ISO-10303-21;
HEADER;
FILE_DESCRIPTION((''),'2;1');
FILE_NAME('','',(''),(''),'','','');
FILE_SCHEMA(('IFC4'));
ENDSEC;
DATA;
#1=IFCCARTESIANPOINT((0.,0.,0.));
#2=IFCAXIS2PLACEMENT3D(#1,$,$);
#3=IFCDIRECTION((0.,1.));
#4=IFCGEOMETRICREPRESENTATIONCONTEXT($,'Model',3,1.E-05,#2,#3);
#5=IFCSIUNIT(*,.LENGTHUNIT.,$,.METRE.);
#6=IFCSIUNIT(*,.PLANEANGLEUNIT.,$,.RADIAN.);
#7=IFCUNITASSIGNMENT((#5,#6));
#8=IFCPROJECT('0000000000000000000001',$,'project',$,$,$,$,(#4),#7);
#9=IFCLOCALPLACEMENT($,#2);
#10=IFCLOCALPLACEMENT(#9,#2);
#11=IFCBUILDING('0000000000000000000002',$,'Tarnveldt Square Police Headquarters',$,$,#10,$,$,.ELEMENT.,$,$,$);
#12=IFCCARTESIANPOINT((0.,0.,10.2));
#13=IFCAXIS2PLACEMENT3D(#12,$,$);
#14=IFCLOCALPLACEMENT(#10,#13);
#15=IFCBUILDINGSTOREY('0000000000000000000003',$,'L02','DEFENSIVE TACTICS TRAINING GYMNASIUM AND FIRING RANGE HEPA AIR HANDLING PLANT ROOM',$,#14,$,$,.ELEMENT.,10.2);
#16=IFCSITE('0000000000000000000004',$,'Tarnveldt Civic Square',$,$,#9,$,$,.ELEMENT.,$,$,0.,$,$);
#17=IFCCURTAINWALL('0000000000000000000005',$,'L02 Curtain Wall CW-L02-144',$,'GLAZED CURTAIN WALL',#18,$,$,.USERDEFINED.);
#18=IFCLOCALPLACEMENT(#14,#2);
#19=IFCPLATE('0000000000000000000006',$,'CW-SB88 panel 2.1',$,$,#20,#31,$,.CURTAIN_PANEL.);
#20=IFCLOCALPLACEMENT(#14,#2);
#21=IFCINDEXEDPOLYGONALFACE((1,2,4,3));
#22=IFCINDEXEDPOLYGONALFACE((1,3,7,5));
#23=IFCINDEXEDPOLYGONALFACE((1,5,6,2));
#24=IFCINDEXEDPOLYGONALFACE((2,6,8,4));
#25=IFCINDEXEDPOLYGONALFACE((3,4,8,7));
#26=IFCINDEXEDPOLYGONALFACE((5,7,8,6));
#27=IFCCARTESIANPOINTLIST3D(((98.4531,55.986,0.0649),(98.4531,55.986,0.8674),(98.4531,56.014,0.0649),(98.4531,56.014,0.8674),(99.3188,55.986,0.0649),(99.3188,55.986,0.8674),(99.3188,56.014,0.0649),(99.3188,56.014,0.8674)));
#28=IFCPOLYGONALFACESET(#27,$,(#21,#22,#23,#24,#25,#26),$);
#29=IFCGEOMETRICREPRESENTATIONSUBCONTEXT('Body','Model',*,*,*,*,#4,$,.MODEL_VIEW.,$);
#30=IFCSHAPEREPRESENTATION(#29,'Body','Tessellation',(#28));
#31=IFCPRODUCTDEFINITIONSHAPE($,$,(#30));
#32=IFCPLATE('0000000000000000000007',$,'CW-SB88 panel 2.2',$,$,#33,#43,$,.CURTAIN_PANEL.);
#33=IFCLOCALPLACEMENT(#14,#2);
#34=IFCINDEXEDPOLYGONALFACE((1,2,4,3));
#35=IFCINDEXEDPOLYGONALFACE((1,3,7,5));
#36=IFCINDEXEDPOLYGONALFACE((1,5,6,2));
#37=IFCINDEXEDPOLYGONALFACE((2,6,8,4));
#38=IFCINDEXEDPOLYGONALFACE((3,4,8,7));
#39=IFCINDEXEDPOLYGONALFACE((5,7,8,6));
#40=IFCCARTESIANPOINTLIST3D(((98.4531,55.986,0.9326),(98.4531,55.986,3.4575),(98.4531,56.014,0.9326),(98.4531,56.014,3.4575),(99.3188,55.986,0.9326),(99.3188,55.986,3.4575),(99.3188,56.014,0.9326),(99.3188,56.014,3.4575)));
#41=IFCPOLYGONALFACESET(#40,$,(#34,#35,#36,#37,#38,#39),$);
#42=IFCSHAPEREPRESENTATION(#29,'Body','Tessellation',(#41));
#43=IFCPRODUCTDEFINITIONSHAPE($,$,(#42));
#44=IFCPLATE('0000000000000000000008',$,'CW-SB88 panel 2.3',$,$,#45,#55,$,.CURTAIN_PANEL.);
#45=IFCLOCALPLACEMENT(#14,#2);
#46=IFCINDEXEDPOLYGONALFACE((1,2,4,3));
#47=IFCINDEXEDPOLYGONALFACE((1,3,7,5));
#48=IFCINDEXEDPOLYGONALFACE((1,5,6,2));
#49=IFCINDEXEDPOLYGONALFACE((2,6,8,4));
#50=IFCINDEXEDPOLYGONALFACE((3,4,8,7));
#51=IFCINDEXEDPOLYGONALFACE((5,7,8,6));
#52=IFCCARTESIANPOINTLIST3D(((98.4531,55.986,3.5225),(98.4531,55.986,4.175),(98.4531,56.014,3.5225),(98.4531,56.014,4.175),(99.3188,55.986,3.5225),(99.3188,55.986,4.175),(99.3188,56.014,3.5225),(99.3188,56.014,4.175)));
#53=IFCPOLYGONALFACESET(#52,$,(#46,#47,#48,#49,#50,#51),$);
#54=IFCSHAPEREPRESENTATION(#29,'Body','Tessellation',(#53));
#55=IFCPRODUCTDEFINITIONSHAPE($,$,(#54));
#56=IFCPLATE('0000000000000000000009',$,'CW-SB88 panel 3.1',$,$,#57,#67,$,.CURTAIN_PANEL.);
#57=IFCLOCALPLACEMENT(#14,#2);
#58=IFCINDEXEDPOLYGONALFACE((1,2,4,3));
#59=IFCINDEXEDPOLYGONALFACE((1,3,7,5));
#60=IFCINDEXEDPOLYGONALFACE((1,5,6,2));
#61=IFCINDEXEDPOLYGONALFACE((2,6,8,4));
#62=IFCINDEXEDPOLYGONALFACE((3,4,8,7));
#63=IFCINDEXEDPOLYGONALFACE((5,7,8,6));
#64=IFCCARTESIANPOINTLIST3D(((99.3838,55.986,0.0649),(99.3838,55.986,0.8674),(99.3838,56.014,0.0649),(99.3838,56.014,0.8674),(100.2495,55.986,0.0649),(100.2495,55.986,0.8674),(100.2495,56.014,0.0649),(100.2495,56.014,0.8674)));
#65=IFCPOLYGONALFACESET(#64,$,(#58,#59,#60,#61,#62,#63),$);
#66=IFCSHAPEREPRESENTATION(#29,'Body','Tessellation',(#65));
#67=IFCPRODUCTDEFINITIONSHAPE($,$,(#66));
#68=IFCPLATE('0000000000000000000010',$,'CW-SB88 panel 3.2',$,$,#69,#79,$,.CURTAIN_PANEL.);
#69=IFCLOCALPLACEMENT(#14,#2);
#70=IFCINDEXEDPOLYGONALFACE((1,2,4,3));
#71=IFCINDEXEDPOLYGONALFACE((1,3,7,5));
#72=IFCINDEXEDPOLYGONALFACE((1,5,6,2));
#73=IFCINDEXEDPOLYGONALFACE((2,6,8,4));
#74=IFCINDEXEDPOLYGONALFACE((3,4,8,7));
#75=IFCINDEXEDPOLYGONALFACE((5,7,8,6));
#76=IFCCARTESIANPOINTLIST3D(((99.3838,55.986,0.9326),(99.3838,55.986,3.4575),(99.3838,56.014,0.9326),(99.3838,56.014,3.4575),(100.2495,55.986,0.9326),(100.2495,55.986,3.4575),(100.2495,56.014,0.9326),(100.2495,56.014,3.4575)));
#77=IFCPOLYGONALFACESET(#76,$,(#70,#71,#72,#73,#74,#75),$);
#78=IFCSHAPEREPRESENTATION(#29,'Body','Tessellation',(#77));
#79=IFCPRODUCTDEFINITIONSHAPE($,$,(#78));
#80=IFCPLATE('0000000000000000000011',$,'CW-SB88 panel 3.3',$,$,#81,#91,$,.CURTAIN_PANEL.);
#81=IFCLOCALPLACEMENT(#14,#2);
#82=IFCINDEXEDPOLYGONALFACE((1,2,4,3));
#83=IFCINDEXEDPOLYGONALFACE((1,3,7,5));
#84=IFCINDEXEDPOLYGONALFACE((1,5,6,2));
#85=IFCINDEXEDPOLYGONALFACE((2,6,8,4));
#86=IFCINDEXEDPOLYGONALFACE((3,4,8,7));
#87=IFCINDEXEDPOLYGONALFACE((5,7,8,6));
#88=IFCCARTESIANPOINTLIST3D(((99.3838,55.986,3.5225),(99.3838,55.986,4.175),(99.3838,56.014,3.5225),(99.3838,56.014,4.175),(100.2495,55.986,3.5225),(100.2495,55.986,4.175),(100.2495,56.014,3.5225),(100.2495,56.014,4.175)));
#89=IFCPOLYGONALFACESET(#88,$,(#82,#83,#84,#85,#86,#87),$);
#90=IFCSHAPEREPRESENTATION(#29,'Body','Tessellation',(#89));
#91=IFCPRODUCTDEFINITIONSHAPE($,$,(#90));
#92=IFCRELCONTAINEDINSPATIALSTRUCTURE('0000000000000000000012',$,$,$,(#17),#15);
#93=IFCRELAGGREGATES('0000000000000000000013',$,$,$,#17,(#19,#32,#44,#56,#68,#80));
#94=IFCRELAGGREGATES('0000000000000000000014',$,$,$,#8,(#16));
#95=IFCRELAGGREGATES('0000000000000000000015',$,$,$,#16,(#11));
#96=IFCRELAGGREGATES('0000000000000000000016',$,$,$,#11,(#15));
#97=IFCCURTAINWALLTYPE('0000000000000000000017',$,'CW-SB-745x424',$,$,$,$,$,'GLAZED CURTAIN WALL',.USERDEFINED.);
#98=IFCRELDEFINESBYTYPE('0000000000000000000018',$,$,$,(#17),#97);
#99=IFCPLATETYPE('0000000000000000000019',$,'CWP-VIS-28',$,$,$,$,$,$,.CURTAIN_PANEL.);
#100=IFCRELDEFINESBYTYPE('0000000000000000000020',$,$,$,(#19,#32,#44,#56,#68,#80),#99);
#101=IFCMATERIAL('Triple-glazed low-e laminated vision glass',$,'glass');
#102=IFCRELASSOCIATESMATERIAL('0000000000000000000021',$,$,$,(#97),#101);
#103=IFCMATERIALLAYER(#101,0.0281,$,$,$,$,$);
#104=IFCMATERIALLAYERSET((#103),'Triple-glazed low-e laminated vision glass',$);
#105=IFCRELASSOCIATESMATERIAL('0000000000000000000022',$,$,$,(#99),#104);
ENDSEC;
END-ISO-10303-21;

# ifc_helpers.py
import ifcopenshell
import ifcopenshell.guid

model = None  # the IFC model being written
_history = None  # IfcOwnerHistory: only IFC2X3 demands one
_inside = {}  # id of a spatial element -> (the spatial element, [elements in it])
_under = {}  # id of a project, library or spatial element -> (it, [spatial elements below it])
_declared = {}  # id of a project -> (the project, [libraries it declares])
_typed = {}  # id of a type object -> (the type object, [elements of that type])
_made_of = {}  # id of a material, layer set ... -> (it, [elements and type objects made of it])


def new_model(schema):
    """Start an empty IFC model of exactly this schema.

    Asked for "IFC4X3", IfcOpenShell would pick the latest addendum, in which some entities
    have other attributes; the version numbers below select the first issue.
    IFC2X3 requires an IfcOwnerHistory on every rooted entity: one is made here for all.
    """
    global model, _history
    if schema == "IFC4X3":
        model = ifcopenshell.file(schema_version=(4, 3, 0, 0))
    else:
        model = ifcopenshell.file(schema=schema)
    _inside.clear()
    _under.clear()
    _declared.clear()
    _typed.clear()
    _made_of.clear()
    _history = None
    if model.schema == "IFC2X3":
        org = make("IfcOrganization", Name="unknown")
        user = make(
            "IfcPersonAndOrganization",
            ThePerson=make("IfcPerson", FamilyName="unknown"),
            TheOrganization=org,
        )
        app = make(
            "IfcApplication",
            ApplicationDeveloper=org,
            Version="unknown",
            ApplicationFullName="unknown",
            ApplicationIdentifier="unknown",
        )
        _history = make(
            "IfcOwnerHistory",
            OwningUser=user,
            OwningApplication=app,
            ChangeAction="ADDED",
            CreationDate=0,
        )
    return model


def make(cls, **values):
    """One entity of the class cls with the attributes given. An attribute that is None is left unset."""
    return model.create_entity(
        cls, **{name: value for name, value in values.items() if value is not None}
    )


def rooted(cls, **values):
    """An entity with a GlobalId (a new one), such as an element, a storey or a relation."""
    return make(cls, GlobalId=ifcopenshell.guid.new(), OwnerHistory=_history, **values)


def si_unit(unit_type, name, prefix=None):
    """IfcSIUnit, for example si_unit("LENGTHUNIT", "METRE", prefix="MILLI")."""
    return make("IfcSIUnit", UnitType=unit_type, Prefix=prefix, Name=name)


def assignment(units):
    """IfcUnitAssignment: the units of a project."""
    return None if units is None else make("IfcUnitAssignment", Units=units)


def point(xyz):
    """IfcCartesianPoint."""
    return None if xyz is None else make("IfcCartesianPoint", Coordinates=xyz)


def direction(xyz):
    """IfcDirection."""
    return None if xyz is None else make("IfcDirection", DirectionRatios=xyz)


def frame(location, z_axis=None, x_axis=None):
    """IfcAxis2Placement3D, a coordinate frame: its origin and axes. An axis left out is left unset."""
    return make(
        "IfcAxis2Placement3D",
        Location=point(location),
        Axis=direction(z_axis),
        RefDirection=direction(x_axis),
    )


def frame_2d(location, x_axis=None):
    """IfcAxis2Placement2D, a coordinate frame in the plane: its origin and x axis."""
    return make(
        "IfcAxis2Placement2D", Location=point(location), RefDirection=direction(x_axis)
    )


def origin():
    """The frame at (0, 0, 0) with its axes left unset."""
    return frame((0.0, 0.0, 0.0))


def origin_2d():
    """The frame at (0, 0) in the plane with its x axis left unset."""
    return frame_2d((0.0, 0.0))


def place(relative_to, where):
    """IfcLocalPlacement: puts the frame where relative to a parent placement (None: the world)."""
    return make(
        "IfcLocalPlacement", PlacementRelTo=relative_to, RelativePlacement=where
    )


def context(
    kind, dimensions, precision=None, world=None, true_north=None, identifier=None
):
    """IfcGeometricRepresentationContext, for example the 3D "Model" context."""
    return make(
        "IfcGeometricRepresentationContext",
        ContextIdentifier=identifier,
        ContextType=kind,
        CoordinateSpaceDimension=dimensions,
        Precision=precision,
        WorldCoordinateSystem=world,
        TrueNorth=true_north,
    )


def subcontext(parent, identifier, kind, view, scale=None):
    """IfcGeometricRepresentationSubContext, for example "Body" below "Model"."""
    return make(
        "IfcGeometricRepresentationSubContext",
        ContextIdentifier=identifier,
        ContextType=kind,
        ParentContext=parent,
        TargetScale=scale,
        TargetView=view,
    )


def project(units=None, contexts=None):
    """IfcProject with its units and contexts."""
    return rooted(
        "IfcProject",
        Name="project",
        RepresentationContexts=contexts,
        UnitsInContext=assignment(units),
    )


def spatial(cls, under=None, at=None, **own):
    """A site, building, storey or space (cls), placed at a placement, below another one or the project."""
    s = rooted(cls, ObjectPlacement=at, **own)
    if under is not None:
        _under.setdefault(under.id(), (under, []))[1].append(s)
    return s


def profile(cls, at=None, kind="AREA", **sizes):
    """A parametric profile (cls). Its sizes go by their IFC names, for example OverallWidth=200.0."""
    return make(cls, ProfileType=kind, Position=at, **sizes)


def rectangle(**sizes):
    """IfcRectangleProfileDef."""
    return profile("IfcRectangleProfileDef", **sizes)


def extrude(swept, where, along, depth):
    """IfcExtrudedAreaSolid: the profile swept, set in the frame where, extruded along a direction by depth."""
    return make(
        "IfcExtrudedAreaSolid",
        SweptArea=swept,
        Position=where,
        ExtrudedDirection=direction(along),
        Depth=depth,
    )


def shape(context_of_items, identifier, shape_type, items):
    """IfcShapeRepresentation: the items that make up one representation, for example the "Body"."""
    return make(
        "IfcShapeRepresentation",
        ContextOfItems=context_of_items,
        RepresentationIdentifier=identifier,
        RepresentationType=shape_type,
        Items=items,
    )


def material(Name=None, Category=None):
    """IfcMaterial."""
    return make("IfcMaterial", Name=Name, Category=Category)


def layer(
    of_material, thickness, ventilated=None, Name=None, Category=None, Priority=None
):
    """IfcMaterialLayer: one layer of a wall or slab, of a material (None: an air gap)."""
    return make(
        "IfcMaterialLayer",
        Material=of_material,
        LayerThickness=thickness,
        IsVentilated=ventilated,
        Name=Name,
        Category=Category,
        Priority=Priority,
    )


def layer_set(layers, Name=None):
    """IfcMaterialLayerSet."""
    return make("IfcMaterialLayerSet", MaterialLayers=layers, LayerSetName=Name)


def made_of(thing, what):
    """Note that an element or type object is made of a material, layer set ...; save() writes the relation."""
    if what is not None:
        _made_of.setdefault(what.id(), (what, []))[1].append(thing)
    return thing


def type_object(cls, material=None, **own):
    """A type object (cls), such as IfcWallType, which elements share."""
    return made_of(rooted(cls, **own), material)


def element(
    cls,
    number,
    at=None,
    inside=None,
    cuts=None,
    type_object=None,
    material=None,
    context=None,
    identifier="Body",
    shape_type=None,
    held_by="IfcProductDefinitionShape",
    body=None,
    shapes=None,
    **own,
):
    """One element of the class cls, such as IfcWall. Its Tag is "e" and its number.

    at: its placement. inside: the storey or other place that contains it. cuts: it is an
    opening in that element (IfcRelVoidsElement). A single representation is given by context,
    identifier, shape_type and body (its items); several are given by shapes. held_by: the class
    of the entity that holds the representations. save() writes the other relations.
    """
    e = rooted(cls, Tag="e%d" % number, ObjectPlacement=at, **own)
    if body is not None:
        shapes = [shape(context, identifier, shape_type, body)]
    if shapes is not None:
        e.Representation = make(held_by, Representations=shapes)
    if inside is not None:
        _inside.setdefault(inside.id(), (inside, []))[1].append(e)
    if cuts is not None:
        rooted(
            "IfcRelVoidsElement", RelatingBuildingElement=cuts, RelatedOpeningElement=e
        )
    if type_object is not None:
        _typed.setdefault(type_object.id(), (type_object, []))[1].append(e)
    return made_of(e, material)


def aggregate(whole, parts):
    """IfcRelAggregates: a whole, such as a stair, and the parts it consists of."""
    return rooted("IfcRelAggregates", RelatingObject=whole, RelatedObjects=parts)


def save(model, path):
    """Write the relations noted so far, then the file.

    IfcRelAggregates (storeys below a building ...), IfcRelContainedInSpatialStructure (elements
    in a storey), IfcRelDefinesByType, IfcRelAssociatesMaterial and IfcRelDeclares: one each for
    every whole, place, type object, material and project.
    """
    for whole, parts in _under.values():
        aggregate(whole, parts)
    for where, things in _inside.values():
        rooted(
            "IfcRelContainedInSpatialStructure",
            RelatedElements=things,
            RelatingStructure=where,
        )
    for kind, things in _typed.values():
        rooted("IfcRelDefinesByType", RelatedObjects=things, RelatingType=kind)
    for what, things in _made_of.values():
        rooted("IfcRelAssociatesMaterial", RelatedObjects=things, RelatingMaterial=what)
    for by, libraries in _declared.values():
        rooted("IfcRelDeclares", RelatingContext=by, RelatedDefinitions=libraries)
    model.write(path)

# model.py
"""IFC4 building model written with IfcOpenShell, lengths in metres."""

from ifc_helpers import new_model, si_unit, direction, frame, origin, origin_2d, place, context, subcontext, project, spatial, rectangle, extrude, material, layer, layer_set, type_object, element, aggregate, save


model = new_model("IFC4")

# Units and contexts
model_context = context("Model", 3, precision=1e-05, world=origin(), true_north=direction((0.0, 1.0)))
body_context = subcontext(model_context, "Body", "Model", "MODEL_VIEW")
ifc_project = project(units=[si_unit("LENGTHUNIT", "METRE"), si_unit("PLANEANGLEUNIT", "RADIAN")], contexts=[model_context])

# Site, building, storey
site_placement = place(None, origin())
site = spatial("IfcSite", under=ifc_project, at=site_placement, Name="Tarnveldt Civic Square", CompositionType="ELEMENT", RefElevation=0.0)
building_placement = place(site_placement, origin())
building = spatial("IfcBuilding", under=site, at=building_placement, Name="Tarnveldt Square Police Headquarters", CompositionType="ELEMENT")
storey_placement = place(building_placement, frame((0.0, 0.0, 10.2)))
storey = spatial("IfcBuildingStorey", under=building, at=storey_placement, Name="L02", Description="DEFENSIVE TACTICS TRAINING GYMNASIUM AND FIRING RANGE HEPA AIR HANDLING PLANT ROOM", CompositionType="ELEMENT", Elevation=10.2)

# Curtain wall, plates
ifc_material_1 = material(Name="Triple-glazed low-e laminated vision glass", Category="glass")
curtain_wall_type = type_object("IfcCurtainWallType", Name="CW-SB-745x424", ElementType="GLAZED CURTAIN WALL", PredefinedType="USERDEFINED", material=ifc_material_1)
curtain_wall_placement = place(storey_placement, origin())
curtain_wall = element("IfcCurtainWall", 1, at=curtain_wall_placement, inside=storey, type_object=curtain_wall_type, Name="L02 Curtain Wall CW-L02-144", ObjectType="GLAZED CURTAIN WALL", PredefinedType="USERDEFINED")
ifc_layer = layer(ifc_material_1, 0.0281)
ifc_layer_set = layer_set([ifc_layer], Name="Triple-glazed low-e laminated vision glass")
plate_type = type_object("IfcPlateType", Name="CWP-VIS-28", PredefinedType="CURTAIN_PANEL", material=ifc_layer_set)
plate_1_placement = place(storey_placement, frame((98.886, 56.0, 0.0649), z_axis=(0.0, 0.0, 1.0), x_axis=(1.0, 0.0, 0.0)))
plate_1 = element("IfcPlate", 2, at=plate_1_placement, type_object=plate_type, Name="CW-SB88 panel 2.1", PredefinedType="CURTAIN_PANEL", context=body_context, shape_type="SweptSolid", body=[
    extrude(rectangle(XDim=0.8657, YDim=0.0281, at=origin_2d()), origin(), (0.0, 0.0, 1.0), 0.8025),
])
plate_2_placement = place(storey_placement, frame((98.886, 56.0, 0.9326), z_axis=(0.0, 0.0, 1.0), x_axis=(1.0, 0.0, 0.0)))
plate_2 = element("IfcPlate", 3, at=plate_2_placement, type_object=plate_type, Name="CW-SB88 panel 2.2", PredefinedType="CURTAIN_PANEL", context=body_context, shape_type="SweptSolid", body=[
    extrude(rectangle(XDim=0.8657, YDim=0.0281, at=origin_2d()), origin(), (0.0, 0.0, 1.0), 2.5249),
])
plate_3_placement = place(storey_placement, frame((98.886, 56.0, 3.5225), z_axis=(0.0, 0.0, 1.0), x_axis=(1.0, 0.0, 0.0)))
plate_3 = element("IfcPlate", 4, at=plate_3_placement, type_object=plate_type, Name="CW-SB88 panel 2.3", PredefinedType="CURTAIN_PANEL", context=body_context, shape_type="SweptSolid", body=[
    extrude(rectangle(XDim=0.8657, YDim=0.0281, at=origin_2d()), origin(), (0.0, 0.0, 1.0), 0.6526),
])
plate_4_placement = place(storey_placement, frame((99.8167, 56.0, 0.0649), z_axis=(0.0, 0.0, 1.0), x_axis=(1.0, 0.0, 0.0)))
plate_4 = element("IfcPlate", 5, at=plate_4_placement, type_object=plate_type, Name="CW-SB88 panel 3.1", PredefinedType="CURTAIN_PANEL", context=body_context, shape_type="SweptSolid", body=[
    extrude(rectangle(XDim=0.8657, YDim=0.0281, at=origin_2d()), origin(), (0.0, 0.0, 1.0), 0.8025),
])
plate_5_placement = place(storey_placement, frame((99.8167, 56.0, 0.9326), z_axis=(0.0, 0.0, 1.0), x_axis=(1.0, 0.0, 0.0)))
plate_5 = element("IfcPlate", 6, at=plate_5_placement, type_object=plate_type, Name="CW-SB88 panel 3.2", PredefinedType="CURTAIN_PANEL", context=body_context, shape_type="SweptSolid", body=[
    extrude(rectangle(XDim=0.8657, YDim=0.0281, at=origin_2d()), origin(), (0.0, 0.0, 1.0), 2.5249),
])
plate_6_placement = place(storey_placement, frame((99.8167, 56.0, 3.5225), z_axis=(0.0, 0.0, 1.0), x_axis=(1.0, 0.0, 0.0)))
plate_6 = element("IfcPlate", 7, at=plate_6_placement, type_object=plate_type, Name="CW-SB88 panel 3.3", PredefinedType="CURTAIN_PANEL", context=body_context, shape_type="SweptSolid", body=[
    extrude(rectangle(XDim=0.8657, YDim=0.0281, at=origin_2d()), origin(), (0.0, 0.0, 1.0), 0.6526),
])
aggregate(curtain_wall, [plate_1, plate_2, plate_3, plate_4, plate_5, plate_6])

save(model, "model.ifc")
